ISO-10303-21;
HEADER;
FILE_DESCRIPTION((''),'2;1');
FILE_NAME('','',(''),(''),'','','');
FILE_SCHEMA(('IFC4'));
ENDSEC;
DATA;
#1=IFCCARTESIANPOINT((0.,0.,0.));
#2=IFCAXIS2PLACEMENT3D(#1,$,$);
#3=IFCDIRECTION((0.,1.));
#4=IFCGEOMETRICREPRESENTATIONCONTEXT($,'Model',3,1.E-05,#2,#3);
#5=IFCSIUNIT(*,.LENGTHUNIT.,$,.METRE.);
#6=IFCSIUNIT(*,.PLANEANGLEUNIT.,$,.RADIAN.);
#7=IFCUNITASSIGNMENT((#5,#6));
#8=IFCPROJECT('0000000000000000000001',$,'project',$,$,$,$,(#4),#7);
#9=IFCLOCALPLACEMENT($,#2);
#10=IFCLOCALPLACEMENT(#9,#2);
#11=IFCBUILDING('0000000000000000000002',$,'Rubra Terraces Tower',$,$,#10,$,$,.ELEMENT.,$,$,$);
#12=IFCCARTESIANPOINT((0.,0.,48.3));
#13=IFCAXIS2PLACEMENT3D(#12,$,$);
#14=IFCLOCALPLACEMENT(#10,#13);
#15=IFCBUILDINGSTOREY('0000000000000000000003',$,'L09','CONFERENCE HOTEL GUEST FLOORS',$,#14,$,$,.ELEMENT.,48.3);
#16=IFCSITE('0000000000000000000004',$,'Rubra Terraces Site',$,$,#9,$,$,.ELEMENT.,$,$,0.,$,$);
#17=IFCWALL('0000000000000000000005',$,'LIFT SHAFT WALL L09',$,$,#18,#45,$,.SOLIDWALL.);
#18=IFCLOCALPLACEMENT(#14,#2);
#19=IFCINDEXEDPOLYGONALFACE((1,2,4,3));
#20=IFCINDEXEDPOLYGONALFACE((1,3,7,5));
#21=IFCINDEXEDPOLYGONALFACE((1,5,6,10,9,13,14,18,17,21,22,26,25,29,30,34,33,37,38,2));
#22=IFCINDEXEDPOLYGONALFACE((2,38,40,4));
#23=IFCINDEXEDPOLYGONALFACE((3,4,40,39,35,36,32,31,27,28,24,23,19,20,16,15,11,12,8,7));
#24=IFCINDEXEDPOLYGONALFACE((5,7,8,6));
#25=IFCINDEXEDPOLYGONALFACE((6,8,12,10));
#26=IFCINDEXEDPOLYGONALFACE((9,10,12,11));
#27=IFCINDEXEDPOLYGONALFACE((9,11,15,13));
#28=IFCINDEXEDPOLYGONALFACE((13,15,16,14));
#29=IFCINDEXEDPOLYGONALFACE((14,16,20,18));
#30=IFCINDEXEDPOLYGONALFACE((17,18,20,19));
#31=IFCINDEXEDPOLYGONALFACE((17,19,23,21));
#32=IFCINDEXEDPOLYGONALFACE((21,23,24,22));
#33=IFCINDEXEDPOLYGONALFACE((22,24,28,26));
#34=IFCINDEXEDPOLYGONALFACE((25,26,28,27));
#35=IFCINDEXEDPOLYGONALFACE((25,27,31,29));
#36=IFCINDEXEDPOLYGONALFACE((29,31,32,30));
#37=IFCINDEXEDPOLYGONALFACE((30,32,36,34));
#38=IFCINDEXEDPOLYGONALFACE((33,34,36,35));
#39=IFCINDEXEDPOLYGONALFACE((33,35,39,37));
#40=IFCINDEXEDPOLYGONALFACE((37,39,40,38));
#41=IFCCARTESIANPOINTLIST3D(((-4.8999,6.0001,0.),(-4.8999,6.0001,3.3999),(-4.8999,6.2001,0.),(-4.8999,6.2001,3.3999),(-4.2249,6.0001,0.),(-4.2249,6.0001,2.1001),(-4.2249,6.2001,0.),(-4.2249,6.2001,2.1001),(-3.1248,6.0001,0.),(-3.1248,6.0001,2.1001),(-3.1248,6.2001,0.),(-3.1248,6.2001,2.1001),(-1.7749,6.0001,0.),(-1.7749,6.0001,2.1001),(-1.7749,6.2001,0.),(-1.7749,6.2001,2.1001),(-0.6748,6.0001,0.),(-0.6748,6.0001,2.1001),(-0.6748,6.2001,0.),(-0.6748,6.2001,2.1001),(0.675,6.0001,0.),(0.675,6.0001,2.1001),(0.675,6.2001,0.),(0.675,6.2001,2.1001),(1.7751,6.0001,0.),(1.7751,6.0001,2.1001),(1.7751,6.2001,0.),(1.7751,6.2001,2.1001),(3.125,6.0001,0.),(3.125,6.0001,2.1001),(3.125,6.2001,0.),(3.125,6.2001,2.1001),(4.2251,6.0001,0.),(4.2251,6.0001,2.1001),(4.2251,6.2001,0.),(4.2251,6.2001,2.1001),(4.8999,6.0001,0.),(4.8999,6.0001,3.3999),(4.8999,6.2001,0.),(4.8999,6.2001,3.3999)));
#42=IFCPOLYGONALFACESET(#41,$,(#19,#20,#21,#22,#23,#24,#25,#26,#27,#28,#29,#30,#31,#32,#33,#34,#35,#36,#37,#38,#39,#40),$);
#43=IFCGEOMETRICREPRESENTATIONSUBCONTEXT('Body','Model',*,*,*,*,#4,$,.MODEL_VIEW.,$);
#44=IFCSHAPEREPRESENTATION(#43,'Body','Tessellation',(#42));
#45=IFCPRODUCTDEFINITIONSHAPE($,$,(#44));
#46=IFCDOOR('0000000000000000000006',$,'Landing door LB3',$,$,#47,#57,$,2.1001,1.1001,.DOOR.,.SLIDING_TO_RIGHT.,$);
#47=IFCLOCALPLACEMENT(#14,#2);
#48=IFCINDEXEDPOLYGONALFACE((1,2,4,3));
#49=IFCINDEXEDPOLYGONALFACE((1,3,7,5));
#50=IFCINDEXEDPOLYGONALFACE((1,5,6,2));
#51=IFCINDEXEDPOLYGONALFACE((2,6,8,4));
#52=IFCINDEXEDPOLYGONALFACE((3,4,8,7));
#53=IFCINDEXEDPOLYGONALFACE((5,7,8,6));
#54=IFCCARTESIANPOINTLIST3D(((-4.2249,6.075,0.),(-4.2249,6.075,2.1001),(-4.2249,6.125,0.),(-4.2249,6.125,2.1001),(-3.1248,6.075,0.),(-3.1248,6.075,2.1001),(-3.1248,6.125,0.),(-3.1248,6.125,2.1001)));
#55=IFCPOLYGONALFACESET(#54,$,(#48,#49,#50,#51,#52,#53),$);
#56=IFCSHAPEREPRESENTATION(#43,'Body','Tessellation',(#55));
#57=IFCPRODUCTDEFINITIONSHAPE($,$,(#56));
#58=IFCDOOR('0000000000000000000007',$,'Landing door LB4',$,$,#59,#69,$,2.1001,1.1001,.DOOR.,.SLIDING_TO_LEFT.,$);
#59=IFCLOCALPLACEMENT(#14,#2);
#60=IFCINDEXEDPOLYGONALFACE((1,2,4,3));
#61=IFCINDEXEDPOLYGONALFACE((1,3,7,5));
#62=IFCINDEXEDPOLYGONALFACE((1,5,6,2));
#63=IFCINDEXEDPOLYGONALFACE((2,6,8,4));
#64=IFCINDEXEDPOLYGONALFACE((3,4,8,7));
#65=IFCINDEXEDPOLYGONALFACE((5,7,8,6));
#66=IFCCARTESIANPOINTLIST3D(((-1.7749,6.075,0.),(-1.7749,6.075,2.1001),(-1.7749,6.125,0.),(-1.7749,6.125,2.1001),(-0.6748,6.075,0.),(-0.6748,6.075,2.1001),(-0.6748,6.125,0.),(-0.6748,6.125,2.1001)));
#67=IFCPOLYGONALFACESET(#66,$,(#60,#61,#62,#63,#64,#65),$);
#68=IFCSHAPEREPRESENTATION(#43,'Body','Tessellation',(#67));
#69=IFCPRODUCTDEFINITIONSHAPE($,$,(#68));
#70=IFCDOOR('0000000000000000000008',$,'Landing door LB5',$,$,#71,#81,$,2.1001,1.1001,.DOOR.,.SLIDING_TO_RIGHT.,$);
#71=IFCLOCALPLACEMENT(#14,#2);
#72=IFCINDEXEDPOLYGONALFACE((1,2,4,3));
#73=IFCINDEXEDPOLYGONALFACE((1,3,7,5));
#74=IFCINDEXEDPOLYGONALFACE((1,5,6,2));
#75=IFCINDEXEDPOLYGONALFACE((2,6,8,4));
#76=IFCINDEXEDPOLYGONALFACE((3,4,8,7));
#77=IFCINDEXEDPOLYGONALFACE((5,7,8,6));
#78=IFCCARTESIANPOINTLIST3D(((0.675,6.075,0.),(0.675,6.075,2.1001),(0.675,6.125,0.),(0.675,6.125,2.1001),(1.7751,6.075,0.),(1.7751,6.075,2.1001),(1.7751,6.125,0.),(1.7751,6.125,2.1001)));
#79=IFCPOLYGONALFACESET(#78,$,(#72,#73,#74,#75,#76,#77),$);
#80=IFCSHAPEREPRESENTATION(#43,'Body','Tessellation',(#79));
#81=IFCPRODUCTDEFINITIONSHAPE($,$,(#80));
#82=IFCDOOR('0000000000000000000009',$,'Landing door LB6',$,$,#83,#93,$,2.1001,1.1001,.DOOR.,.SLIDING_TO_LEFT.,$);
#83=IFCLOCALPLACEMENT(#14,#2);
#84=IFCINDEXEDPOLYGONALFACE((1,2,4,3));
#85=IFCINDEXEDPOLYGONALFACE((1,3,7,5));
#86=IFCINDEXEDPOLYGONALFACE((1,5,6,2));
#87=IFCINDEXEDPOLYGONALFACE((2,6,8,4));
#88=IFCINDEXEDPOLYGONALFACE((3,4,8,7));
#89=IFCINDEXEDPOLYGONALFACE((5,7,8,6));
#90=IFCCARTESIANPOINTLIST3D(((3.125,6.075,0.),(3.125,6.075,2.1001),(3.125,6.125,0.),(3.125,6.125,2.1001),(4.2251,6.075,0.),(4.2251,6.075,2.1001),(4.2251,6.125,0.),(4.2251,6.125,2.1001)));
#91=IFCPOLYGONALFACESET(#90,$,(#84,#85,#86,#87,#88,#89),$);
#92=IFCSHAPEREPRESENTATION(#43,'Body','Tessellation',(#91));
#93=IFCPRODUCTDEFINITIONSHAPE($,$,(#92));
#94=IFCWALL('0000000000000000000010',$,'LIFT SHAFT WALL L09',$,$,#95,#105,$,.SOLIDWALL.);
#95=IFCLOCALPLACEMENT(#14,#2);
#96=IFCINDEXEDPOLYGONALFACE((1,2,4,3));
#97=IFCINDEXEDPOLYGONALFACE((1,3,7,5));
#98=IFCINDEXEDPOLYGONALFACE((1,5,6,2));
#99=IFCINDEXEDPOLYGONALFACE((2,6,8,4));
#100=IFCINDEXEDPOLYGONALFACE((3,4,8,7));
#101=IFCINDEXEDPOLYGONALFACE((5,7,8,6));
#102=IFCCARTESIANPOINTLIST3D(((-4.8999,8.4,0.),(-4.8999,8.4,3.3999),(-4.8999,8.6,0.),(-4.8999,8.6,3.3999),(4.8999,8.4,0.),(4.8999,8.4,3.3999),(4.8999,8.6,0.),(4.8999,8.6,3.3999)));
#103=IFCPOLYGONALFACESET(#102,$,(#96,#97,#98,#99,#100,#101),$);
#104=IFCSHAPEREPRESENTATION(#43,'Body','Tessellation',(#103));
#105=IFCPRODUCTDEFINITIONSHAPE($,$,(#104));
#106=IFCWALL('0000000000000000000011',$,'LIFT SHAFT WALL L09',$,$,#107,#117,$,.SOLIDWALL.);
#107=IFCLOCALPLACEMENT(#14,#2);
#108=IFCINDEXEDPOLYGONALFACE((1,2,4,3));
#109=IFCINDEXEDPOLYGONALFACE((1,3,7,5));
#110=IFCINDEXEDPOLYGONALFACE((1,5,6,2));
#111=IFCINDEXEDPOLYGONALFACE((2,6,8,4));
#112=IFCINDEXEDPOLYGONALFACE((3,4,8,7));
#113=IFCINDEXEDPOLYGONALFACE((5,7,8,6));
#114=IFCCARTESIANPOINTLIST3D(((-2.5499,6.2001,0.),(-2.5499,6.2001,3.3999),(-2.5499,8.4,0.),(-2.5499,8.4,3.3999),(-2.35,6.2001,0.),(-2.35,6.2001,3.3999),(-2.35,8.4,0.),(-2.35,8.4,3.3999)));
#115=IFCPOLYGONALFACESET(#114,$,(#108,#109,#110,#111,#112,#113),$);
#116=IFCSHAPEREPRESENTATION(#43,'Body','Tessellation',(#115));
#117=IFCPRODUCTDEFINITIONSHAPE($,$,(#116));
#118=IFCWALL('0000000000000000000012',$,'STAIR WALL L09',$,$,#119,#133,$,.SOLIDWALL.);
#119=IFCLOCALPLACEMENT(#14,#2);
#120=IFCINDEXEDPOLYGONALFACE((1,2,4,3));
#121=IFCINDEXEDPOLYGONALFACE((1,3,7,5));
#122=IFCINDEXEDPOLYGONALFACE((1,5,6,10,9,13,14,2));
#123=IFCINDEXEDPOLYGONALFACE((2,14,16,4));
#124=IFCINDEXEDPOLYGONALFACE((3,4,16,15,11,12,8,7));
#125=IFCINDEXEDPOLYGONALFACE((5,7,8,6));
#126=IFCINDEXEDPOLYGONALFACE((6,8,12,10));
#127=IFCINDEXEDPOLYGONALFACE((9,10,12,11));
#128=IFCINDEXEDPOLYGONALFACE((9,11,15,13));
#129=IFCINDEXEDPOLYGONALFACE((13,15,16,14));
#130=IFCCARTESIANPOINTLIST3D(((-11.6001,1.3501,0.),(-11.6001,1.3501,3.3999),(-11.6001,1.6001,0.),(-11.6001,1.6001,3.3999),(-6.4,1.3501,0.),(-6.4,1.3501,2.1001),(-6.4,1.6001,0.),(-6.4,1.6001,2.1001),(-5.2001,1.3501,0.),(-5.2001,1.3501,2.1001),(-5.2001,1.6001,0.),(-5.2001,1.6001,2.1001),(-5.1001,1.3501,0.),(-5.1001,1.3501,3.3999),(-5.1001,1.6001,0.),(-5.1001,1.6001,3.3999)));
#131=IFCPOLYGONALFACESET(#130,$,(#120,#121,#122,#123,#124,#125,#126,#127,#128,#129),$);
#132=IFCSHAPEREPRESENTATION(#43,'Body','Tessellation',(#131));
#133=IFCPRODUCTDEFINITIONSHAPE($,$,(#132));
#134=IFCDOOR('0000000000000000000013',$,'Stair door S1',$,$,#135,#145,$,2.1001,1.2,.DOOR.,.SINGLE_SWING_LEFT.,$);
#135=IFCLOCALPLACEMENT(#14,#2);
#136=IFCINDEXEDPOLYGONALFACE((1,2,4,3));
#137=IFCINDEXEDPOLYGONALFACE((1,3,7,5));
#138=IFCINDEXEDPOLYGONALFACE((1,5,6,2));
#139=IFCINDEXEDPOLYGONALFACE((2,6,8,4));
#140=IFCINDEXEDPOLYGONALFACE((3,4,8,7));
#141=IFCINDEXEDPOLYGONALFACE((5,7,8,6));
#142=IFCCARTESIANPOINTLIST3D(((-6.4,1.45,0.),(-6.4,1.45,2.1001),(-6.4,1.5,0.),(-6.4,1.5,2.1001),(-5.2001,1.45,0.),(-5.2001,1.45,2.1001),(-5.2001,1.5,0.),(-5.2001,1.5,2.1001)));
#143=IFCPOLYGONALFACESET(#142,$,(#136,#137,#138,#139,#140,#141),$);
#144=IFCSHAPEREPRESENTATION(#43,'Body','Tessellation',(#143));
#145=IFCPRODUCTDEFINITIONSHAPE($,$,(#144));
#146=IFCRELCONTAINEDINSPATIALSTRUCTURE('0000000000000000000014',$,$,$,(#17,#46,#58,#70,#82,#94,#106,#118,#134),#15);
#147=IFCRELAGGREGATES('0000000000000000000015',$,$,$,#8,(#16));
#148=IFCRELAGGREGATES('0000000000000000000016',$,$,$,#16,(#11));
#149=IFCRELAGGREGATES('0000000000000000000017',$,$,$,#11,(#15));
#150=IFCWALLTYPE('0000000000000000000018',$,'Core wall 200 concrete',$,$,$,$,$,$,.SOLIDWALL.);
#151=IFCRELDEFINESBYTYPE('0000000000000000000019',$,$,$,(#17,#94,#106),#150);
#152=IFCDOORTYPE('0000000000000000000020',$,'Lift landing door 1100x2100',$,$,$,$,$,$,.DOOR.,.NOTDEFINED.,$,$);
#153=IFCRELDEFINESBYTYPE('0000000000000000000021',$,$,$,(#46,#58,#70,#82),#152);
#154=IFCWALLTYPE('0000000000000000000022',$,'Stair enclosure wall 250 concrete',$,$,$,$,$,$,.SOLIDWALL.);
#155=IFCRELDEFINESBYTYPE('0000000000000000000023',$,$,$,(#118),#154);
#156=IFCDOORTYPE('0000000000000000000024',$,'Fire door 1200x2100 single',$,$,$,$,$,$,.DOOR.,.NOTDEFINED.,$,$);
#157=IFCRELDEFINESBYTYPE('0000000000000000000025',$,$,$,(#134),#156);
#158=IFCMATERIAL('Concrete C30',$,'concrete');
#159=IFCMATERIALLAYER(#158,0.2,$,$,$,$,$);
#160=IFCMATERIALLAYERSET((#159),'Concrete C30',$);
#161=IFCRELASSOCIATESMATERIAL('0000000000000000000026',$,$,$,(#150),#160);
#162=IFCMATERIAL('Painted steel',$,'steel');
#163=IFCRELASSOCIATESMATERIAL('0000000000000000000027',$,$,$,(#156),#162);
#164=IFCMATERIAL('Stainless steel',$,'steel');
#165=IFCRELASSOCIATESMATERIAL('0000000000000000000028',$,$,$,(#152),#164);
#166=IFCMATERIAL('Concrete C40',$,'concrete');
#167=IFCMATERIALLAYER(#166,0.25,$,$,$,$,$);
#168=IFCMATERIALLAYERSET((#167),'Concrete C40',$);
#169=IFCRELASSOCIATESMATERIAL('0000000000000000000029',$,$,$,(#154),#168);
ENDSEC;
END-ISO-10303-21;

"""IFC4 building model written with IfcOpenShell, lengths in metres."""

from ifc_helpers import new_model, si_unit, direction, frame, frame_2d, origin, place, context, subcontext, project, spatial, rectangle, extrude, material, layer, layer_set, type_object, element, fill, save


model = new_model("IFC4")

# Units and contexts
model_context = context("Model", 3, precision=1e-05, world=origin(), true_north=direction((0.0, 1.0)))
body_context = subcontext(model_context, "Body", "Model", "MODEL_VIEW")
ifc_project = project(units=[si_unit("LENGTHUNIT", "METRE"), si_unit("PLANEANGLEUNIT", "RADIAN")], contexts=[model_context])

# Site, building, storey
site_placement = place(None, origin())
site = spatial("IfcSite", under=ifc_project, at=site_placement, Name="Rubra Terraces Site", CompositionType="ELEMENT", RefElevation=0.0)
building_placement = place(site_placement, origin())
building = spatial("IfcBuilding", under=site, at=building_placement, Name="Rubra Terraces Tower", CompositionType="ELEMENT")
storey_placement = place(building_placement, frame((0.0, 0.0, 48.3)))
storey = spatial("IfcBuildingStorey", under=building, at=storey_placement, Name="L09", Description="CONFERENCE HOTEL GUEST FLOORS", CompositionType="ELEMENT", Elevation=48.3)

# Shared definitions
ifc_material_1 = material(Name="Concrete C30", Category="concrete")
ifc_layer_1 = layer(ifc_material_1, 0.2)
ifc_layer_set_1 = layer_set([ifc_layer_1], Name="Concrete C30")
wall_type_1 = type_object("IfcWallType", Name="Core wall 200 concrete", PredefinedType="SOLIDWALL", material=ifc_layer_set_1)
ifc_material_2 = material(Name="Painted steel", Category="steel")
door_type_1 = type_object("IfcDoorType", Name="Fire door 1200x2100 single", OperationType="NOTDEFINED", PredefinedType="DOOR", material=ifc_material_2)
ifc_material_3 = material(Name="Stainless steel", Category="steel")

# Wall, openings, doors
door_type_2 = type_object("IfcDoorType", Name="Lift landing door 1100x2100", OperationType="NOTDEFINED", PredefinedType="DOOR", material=ifc_material_3)
wall_1_placement = place(storey_placement, frame((-4.8999, 6.1001, 0.0), z_axis=(0.0, 0.0, 1.0), x_axis=(1.0, 0.0, 0.0)))
wall_1 = element("IfcWall", 1, at=wall_1_placement, inside=storey, type_object=wall_type_1, Name="LIFT SHAFT WALL L09", PredefinedType="SOLIDWALL", context=body_context, shape_type="SweptSolid", body=[
    extrude(rectangle(XDim=9.7998, YDim=0.2, at=frame_2d((4.8999, 0.0))), origin(), (0.0, 0.0, 1.0), 3.3999),
])
opening_1_placement = place(wall_1_placement, frame((0.675, 0.0, 0.0)))
opening_1 = element("IfcOpeningElement", 2, at=opening_1_placement, cuts=wall_1, PredefinedType="OPENING", context=body_context, shape_type="SweptSolid", body=[
    extrude(rectangle(XDim=1.1001, YDim=2.1001, at=frame_2d((0.55, 1.05))), frame((0.0, 0.1099, 0.0), z_axis=(0.0, -1.0, 0.0), x_axis=(1.0, 0.0, 0.0)), (0.0, 0.0, 1.0), 0.22),
])
opening_2_placement = place(wall_1_placement, frame((3.125, 0.0, 0.0)))
opening_2 = element("IfcOpeningElement", 3, at=opening_2_placement, cuts=wall_1, PredefinedType="OPENING", context=body_context, shape_type="SweptSolid", body=[
    extrude(rectangle(XDim=1.1001, YDim=2.1001, at=frame_2d((0.55, 1.05))), frame((0.0, 0.1099, 0.0), z_axis=(0.0, -1.0, 0.0), x_axis=(1.0, 0.0, 0.0)), (0.0, 0.0, 1.0), 0.22),
])
opening_3_placement = place(wall_1_placement, frame((5.575, 0.0, 0.0)))
opening_3 = element("IfcOpeningElement", 4, at=opening_3_placement, cuts=wall_1, PredefinedType="OPENING", context=body_context, shape_type="SweptSolid", body=[
    extrude(rectangle(XDim=1.1001, YDim=2.1001, at=frame_2d((0.55, 1.05))), frame((0.0, 0.1099, 0.0), z_axis=(0.0, -1.0, 0.0), x_axis=(1.0, 0.0, 0.0)), (0.0, 0.0, 1.0), 0.22),
])
opening_4_placement = place(wall_1_placement, frame((8.0249, 0.0, 0.0)))
opening_4 = element("IfcOpeningElement", 5, at=opening_4_placement, cuts=wall_1, PredefinedType="OPENING", context=body_context, shape_type="SweptSolid", body=[
    extrude(rectangle(XDim=1.1001, YDim=2.1001, at=frame_2d((0.55, 1.05))), frame((0.0, 0.1099, 0.0), z_axis=(0.0, -1.0, 0.0), x_axis=(1.0, 0.0, 0.0)), (0.0, 0.0, 1.0), 0.22),
])
door_1_placement = place(opening_1_placement, origin())
door_1 = element("IfcDoor", 6, at=door_1_placement, inside=storey, type_object=door_type_2, Name="Landing door LB3", OperationType="SLIDING_TO_RIGHT", OverallHeight=2.1001, OverallWidth=1.1001, PredefinedType="DOOR", context=body_context, shape_type="SweptSolid", body=[
    extrude(rectangle(XDim=1.1001, YDim=2.1001, at=frame_2d((0.55, 1.05))), frame((0.0, 0.0249, 0.0), z_axis=(0.0, -1.0, 0.0), x_axis=(1.0, 0.0, 0.0)), (0.0, 0.0, 1.0), 0.05),
])
fill(opening_1, door_1)
door_2_placement = place(opening_2_placement, origin())
door_2 = element("IfcDoor", 7, at=door_2_placement, inside=storey, type_object=door_type_2, Name="Landing door LB4", OperationType="SLIDING_TO_LEFT", OverallHeight=2.1001, OverallWidth=1.1001, PredefinedType="DOOR", context=body_context, shape_type="SweptSolid", body=[
    extrude(rectangle(XDim=1.1001, YDim=2.1001, at=frame_2d((0.55, 1.05))), frame((0.0, 0.0249, 0.0), z_axis=(0.0, -1.0, 0.0), x_axis=(1.0, 0.0, 0.0)), (0.0, 0.0, 1.0), 0.05),
])
fill(opening_2, door_2)
door_3_placement = place(opening_3_placement, origin())
door_3 = element("IfcDoor", 8, at=door_3_placement, inside=storey, type_object=door_type_2, Name="Landing door LB5", OperationType="SLIDING_TO_RIGHT", OverallHeight=2.1001, OverallWidth=1.1001, PredefinedType="DOOR", context=body_context, shape_type="SweptSolid", body=[
    extrude(rectangle(XDim=1.1001, YDim=2.1001, at=frame_2d((0.55, 1.05))), frame((0.0, 0.0249, 0.0), z_axis=(0.0, -1.0, 0.0), x_axis=(1.0, 0.0, 0.0)), (0.0, 0.0, 1.0), 0.05),
])
fill(opening_3, door_3)
door_4_placement = place(opening_4_placement, origin())
door_4 = element("IfcDoor", 9, at=door_4_placement, inside=storey, type_object=door_type_2, Name="Landing door LB6", OperationType="SLIDING_TO_LEFT", OverallHeight=2.1001, OverallWidth=1.1001, PredefinedType="DOOR", context=body_context, shape_type="SweptSolid", body=[
    extrude(rectangle(XDim=1.1001, YDim=2.1001, at=frame_2d((0.55, 1.05))), frame((0.0, 0.0249, 0.0), z_axis=(0.0, -1.0, 0.0), x_axis=(1.0, 0.0, 0.0)), (0.0, 0.0, 1.0), 0.05),
])
fill(opening_4, door_4)

# Walls
wall_2_placement = place(storey_placement, frame((-4.8999, 8.5, 0.0), z_axis=(0.0, 0.0, 1.0), x_axis=(1.0, 0.0, 0.0)))
element("IfcWall", 10, at=wall_2_placement, inside=storey, type_object=wall_type_1, Name="LIFT SHAFT WALL L09", PredefinedType="SOLIDWALL", context=body_context, shape_type="SweptSolid", body=[
    extrude(rectangle(XDim=9.7998, YDim=0.2, at=frame_2d((4.8999, 0.0))), origin(), (0.0, 0.0, 1.0), 3.3999),
])
wall_3_placement = place(storey_placement, frame((-2.45, 6.2, 0.0), z_axis=(0.0, 0.0, 1.0), x_axis=(0.0, 1.0, 0.0)))
element("IfcWall", 11, at=wall_3_placement, inside=storey, type_object=wall_type_1, Name="LIFT SHAFT WALL L09", PredefinedType="SOLIDWALL", context=body_context, shape_type="SweptSolid", body=[
    extrude(rectangle(XDim=2.2, YDim=0.2, at=frame_2d((1.1001, 0.0))), origin(), (0.0, 0.0, 1.0), 3.3999),
])

# Wall, opening, door
ifc_material_4 = material(Name="Concrete C40", Category="concrete")
ifc_layer_2 = layer(ifc_material_4, 0.25)
ifc_layer_set_2 = layer_set([ifc_layer_2], Name="Concrete C40")
wall_type_2 = type_object("IfcWallType", Name="Stair enclosure wall 250 concrete", PredefinedType="SOLIDWALL", material=ifc_layer_set_2)
wall_4_placement = place(storey_placement, frame((-11.6001, 1.4751, 0.0), z_axis=(0.0, 0.0, 1.0), x_axis=(1.0, 0.0, 0.0)))
wall_4 = element("IfcWall", 12, at=wall_4_placement, inside=storey, type_object=wall_type_2, Name="STAIR WALL L09", PredefinedType="SOLIDWALL", context=body_context, shape_type="SweptSolid", body=[
    extrude(rectangle(XDim=6.5, YDim=0.25, at=frame_2d((3.25, 0.0))), origin(), (0.0, 0.0, 1.0), 3.3999),
])
opening_5_placement = place(wall_4_placement, frame((5.2, 0.0, 0.0)))
opening_5 = element("IfcOpeningElement", 13, at=opening_5_placement, cuts=wall_4, PredefinedType="OPENING", context=body_context, shape_type="SweptSolid", body=[
    extrude(rectangle(XDim=1.2, YDim=2.1001, at=frame_2d((0.6001, 1.05))), frame((0.0, 0.135, 0.0), z_axis=(0.0, -1.0, 0.0), x_axis=(1.0, 0.0, 0.0)), (0.0, 0.0, 1.0), 0.27),
])
door_5_placement = place(opening_5_placement, origin())
door_5 = element("IfcDoor", 14, at=door_5_placement, inside=storey, type_object=door_type_1, Name="Stair door S1", OperationType="SINGLE_SWING_LEFT", OverallHeight=2.1001, OverallWidth=1.2, PredefinedType="DOOR", context=body_context, shape_type="SweptSolid", body=[
    extrude(rectangle(XDim=1.2, YDim=2.1001, at=frame_2d((0.6001, 1.05))), frame((0.0, 0.0249, 0.0), z_axis=(0.0, -1.0, 0.0), x_axis=(1.0, 0.0, 0.0)), (0.0, 0.0, 1.0), 0.05),
])
fill(opening_5, door_5)

save(model, "model.ifc")
